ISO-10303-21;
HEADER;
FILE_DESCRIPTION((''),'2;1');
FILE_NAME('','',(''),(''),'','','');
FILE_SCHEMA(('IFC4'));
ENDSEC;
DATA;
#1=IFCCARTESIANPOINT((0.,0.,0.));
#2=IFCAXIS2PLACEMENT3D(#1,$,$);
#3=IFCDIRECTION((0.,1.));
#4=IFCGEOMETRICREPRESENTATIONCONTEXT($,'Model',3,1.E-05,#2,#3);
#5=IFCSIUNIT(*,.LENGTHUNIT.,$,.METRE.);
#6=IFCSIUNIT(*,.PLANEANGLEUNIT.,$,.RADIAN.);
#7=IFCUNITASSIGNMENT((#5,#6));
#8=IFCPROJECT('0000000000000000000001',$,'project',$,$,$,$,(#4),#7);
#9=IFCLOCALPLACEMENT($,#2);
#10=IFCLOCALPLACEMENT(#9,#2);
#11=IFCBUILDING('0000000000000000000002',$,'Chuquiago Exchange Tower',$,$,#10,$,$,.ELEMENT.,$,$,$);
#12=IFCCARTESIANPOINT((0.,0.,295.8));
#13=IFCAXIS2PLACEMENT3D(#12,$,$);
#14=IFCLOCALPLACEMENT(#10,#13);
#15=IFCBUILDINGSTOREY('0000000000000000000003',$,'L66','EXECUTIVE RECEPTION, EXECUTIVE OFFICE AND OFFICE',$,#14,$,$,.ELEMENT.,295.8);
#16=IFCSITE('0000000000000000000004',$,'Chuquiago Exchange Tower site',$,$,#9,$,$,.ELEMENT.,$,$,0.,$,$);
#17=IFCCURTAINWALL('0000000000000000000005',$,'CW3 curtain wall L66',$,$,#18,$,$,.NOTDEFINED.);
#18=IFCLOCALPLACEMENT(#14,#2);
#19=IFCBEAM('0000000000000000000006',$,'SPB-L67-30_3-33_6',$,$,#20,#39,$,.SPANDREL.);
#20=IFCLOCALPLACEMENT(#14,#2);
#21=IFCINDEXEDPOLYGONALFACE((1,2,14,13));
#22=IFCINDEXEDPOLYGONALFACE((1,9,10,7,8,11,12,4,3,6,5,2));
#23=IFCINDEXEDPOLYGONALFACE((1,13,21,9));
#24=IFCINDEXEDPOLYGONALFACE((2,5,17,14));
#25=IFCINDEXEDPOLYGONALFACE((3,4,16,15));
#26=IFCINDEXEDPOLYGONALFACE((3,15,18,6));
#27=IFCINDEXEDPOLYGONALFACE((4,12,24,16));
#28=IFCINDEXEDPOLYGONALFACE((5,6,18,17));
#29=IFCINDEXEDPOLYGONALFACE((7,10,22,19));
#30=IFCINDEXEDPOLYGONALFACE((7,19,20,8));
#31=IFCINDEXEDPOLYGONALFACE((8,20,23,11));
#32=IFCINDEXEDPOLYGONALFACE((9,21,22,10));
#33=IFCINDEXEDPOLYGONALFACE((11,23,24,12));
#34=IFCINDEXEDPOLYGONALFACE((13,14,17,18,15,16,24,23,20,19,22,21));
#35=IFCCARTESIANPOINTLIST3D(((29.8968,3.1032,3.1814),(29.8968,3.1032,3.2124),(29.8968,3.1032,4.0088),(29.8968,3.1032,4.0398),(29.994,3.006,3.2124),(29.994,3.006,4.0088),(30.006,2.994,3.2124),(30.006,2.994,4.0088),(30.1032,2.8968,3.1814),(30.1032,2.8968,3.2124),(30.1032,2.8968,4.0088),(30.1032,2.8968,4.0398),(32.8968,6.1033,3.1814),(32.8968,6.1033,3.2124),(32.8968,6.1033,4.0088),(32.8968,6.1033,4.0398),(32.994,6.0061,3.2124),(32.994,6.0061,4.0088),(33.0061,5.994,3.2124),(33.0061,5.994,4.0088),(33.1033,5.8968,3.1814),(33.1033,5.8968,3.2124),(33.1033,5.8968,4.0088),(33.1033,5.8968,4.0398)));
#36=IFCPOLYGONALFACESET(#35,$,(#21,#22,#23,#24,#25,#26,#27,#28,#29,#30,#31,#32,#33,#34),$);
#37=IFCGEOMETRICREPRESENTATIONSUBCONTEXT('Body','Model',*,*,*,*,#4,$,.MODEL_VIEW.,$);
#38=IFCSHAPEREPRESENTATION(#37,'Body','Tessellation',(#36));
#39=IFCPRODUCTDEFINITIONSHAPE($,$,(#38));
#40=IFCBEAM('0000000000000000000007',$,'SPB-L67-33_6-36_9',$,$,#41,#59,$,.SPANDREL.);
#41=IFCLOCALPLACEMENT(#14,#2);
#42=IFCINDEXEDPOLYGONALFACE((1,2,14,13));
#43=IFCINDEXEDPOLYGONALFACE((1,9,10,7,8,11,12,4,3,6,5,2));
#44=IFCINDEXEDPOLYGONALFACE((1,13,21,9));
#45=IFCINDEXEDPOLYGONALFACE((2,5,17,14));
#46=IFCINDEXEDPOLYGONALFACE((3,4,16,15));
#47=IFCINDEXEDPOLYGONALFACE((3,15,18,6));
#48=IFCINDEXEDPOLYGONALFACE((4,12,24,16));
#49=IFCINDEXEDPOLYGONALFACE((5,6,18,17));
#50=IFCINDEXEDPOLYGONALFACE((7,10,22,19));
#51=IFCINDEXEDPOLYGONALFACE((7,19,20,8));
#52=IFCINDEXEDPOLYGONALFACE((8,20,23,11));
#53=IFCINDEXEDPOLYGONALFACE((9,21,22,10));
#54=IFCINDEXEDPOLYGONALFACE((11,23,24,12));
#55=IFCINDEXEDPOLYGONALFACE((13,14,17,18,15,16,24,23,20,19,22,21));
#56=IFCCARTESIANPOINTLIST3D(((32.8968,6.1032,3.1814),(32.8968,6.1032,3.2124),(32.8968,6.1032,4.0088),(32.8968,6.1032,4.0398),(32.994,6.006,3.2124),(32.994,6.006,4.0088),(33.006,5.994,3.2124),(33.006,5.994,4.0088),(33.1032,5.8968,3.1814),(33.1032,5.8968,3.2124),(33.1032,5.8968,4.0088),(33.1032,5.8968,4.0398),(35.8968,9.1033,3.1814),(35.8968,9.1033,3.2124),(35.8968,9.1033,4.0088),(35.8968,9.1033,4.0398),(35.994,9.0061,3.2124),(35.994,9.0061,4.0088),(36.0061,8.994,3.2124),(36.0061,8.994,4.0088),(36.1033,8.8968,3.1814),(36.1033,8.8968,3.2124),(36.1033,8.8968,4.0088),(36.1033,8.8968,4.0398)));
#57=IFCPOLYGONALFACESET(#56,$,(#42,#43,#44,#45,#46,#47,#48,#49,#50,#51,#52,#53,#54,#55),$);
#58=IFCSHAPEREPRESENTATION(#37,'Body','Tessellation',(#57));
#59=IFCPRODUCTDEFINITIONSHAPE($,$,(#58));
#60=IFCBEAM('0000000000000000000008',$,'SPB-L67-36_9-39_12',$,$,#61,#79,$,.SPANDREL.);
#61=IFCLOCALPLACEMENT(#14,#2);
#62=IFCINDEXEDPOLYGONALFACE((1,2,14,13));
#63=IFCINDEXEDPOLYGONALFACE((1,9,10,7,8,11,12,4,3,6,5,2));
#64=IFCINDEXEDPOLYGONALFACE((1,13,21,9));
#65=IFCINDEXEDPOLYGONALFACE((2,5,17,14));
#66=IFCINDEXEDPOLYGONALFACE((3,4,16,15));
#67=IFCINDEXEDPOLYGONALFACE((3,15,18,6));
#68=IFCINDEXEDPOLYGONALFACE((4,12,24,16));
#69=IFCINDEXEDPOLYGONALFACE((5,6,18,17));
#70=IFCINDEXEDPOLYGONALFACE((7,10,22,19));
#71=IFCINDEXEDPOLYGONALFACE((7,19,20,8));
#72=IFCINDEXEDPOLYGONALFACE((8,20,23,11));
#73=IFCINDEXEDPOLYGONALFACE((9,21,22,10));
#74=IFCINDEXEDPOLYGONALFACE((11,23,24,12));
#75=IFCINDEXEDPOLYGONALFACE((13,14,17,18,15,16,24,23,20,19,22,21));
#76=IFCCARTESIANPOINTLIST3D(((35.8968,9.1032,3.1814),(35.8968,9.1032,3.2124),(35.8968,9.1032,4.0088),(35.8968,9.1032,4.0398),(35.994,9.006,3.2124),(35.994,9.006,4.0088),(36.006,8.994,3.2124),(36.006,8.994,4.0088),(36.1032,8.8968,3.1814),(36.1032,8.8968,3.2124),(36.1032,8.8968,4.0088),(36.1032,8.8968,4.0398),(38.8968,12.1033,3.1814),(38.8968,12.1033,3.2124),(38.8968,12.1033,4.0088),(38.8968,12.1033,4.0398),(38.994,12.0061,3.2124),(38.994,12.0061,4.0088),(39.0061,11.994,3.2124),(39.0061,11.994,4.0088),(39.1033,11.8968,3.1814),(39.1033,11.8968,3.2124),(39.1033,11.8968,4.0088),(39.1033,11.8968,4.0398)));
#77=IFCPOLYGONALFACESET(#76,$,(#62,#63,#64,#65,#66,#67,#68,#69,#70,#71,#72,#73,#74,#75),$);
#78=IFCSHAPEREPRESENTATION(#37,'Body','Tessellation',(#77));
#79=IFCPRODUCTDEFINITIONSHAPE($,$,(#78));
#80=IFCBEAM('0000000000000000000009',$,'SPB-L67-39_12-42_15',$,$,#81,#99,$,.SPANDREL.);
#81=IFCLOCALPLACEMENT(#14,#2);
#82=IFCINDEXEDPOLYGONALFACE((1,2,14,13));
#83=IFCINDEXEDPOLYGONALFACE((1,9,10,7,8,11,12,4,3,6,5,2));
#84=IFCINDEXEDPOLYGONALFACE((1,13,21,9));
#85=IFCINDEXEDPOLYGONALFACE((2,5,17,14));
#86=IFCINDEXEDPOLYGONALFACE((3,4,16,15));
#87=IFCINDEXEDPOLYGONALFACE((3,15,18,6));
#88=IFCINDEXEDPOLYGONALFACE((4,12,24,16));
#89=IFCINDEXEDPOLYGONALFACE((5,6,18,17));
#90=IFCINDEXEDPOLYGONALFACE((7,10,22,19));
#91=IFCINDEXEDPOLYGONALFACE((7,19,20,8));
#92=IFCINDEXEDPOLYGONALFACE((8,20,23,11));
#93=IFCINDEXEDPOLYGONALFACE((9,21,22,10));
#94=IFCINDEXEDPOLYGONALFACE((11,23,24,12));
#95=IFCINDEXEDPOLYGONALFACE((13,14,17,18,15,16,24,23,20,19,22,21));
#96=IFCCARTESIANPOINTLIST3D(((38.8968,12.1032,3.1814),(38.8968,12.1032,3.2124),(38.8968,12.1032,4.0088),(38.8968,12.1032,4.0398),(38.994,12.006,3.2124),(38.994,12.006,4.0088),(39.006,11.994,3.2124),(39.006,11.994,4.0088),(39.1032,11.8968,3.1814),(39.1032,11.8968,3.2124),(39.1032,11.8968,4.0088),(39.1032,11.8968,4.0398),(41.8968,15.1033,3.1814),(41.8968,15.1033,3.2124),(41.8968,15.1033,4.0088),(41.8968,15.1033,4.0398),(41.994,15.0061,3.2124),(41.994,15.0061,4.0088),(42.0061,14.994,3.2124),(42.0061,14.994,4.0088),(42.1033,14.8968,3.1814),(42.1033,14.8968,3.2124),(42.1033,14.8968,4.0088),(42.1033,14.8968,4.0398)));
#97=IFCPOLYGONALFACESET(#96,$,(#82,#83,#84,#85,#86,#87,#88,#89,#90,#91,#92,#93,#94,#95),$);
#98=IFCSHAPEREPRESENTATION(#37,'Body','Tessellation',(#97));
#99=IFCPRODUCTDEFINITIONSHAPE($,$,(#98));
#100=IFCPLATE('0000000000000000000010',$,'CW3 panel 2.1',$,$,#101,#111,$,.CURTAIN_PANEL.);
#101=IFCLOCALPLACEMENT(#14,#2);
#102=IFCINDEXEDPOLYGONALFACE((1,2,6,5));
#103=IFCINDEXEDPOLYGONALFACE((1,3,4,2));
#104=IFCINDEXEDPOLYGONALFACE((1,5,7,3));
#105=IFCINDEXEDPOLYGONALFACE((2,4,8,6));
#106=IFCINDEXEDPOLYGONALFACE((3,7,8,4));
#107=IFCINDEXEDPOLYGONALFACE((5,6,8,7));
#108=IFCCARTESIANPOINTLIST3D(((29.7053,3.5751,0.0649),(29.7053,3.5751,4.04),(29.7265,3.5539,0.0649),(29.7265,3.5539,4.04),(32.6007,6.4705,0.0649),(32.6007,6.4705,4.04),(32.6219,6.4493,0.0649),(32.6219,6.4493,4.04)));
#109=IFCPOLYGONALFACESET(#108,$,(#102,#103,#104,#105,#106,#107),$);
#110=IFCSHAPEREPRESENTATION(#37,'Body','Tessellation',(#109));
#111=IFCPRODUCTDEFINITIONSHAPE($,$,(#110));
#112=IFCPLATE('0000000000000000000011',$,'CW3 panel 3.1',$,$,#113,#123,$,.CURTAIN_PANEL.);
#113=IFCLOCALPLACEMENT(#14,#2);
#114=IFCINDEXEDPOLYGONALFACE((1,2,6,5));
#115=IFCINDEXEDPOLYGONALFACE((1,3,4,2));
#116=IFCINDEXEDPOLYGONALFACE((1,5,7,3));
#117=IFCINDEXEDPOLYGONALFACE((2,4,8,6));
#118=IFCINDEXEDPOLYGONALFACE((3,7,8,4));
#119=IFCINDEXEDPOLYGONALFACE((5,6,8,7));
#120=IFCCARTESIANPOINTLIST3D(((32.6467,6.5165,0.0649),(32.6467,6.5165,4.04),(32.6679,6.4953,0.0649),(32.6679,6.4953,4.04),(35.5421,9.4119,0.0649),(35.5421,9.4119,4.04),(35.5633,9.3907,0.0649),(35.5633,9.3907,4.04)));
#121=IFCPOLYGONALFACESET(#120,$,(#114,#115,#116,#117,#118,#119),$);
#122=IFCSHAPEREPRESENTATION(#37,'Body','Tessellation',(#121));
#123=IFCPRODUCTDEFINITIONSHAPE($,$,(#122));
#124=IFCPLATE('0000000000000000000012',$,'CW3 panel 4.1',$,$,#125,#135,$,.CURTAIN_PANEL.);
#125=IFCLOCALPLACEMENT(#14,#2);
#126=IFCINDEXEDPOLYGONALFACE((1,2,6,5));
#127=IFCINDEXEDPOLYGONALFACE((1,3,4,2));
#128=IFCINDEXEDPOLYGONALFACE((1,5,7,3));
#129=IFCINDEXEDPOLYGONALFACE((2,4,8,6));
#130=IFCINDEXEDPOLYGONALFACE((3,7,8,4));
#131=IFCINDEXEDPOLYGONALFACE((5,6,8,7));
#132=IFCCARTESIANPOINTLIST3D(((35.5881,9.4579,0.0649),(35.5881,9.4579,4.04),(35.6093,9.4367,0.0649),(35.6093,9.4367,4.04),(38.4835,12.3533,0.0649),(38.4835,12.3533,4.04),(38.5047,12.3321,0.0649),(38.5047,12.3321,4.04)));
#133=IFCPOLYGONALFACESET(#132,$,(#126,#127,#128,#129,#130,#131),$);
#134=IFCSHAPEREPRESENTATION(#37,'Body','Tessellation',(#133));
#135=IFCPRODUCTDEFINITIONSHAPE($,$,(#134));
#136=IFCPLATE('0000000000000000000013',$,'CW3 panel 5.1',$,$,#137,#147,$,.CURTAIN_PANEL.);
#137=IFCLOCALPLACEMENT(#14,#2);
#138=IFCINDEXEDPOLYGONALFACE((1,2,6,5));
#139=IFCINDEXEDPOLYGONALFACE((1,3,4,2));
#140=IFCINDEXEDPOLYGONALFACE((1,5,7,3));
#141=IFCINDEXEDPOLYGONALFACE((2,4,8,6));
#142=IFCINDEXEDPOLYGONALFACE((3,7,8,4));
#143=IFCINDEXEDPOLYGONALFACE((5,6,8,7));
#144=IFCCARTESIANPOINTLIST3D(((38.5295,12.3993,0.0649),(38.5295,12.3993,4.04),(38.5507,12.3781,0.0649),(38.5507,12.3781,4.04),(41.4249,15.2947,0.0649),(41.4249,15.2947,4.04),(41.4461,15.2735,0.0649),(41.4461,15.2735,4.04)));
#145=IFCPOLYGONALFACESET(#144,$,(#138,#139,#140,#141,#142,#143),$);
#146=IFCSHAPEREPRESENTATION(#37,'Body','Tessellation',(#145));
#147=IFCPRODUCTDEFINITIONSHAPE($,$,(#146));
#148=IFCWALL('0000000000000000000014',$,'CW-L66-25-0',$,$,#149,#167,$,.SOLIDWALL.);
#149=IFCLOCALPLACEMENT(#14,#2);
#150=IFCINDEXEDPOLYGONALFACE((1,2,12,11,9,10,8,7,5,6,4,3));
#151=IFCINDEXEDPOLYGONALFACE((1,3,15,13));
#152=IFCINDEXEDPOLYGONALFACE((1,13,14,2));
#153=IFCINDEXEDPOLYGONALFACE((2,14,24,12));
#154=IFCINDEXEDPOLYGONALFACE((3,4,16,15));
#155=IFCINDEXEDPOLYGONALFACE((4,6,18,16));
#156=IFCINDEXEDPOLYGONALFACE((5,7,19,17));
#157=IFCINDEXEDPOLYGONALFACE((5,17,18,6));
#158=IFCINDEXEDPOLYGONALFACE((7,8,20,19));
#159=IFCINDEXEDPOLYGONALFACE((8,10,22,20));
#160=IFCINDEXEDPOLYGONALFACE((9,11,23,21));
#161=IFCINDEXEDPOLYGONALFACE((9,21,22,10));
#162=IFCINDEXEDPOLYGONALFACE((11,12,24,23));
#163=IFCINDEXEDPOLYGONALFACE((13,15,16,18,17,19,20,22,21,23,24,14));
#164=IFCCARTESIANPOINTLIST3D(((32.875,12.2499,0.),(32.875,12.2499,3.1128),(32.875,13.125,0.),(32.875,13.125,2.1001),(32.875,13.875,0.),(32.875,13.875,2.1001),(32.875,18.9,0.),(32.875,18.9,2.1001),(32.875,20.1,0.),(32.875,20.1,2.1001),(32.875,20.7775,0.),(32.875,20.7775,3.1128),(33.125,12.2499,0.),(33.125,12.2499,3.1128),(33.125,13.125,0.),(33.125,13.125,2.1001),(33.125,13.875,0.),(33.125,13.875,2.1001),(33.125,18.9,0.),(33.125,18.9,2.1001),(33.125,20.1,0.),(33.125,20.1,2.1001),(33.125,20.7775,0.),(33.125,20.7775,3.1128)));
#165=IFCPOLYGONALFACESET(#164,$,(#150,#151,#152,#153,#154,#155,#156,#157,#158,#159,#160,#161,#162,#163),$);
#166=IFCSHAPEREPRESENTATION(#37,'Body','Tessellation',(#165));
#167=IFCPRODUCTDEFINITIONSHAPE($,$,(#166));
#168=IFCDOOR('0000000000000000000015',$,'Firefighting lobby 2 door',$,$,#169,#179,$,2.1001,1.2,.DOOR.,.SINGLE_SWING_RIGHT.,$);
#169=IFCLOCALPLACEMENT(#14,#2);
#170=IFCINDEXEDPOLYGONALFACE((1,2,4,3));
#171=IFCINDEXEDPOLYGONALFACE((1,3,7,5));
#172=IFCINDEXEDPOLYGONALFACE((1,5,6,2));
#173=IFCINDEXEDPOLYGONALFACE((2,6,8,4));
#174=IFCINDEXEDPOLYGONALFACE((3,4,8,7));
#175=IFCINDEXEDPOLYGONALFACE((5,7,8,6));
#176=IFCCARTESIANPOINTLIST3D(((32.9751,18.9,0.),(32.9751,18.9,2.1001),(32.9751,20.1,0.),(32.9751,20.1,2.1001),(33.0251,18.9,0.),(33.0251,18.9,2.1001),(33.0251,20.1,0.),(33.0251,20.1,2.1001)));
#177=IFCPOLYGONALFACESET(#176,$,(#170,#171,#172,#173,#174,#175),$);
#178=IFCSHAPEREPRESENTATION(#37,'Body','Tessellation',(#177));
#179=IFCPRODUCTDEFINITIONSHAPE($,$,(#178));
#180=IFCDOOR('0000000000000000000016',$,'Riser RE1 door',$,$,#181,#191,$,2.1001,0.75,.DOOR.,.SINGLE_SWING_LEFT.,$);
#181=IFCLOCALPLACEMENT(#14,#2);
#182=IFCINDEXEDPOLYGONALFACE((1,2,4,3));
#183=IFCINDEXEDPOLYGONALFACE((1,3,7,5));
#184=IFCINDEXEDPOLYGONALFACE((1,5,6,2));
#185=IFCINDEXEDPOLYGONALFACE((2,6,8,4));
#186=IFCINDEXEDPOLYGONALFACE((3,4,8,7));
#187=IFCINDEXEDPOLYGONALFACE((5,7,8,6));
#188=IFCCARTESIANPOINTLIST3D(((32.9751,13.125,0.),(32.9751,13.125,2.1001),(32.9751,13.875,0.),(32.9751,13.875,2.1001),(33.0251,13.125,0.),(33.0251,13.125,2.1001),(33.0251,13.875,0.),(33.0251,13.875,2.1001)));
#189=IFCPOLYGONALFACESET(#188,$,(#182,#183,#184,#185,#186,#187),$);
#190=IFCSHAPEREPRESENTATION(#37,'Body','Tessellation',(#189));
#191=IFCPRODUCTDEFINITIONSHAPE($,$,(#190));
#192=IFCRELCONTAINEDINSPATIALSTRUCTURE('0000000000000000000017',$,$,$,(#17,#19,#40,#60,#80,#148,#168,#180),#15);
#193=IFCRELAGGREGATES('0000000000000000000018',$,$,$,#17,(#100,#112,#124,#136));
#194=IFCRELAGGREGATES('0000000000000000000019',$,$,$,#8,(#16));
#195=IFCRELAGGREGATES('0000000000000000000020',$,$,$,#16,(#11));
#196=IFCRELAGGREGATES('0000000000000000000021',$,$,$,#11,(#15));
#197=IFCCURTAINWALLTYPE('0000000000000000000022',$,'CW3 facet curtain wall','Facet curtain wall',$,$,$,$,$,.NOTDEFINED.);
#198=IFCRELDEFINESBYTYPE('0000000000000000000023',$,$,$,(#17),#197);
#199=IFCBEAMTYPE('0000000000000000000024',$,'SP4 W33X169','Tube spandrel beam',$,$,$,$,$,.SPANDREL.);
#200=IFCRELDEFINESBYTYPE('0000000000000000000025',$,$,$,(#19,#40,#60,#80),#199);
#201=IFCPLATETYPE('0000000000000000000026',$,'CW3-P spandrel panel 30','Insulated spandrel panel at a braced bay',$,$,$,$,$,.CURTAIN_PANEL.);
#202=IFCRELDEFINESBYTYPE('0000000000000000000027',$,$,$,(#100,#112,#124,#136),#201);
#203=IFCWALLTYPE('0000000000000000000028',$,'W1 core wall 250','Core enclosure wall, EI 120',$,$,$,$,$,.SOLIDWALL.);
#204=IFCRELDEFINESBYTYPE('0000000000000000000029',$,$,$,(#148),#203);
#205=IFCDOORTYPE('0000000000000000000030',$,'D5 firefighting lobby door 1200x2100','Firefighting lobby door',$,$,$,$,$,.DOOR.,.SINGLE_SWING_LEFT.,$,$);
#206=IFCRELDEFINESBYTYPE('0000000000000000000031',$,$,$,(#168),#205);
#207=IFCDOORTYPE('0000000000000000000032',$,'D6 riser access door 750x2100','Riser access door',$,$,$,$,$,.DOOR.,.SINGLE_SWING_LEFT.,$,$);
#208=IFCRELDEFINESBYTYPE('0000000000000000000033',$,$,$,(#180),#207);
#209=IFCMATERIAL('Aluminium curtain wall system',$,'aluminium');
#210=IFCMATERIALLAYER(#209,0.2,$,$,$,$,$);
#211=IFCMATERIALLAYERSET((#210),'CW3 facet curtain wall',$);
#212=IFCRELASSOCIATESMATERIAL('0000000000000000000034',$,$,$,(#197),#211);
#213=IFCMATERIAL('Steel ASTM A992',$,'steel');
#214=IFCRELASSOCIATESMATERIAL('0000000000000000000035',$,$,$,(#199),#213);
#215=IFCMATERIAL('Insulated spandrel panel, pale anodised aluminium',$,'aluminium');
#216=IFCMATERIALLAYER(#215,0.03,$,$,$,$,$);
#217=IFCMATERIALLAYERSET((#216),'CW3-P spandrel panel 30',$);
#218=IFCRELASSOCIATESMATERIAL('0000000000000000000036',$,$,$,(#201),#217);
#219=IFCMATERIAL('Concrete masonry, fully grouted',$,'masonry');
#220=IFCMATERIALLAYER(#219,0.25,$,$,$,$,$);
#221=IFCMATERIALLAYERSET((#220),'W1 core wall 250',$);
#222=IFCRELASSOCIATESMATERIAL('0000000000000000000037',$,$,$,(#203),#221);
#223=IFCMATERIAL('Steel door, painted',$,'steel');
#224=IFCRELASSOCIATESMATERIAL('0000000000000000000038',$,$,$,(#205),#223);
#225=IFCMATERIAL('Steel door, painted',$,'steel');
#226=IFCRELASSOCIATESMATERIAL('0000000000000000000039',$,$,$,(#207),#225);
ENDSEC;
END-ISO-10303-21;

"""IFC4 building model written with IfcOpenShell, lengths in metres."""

from ifc_helpers import new_model, si_unit, direction, frame, frame_2d, origin, origin_2d, place, context, subcontext, project, spatial, rectangle, i_section, extrude, material, layer, layer_set, material_profile, profile_set, type_object, element, fill, aggregate, save


model = new_model("IFC4")

# Units and contexts
model_context = context("Model", 3, precision=1e-05, world=origin(), true_north=direction((0.0, 1.0)))
body_context = subcontext(model_context, "Body", "Model", "MODEL_VIEW")
ifc_project = project(units=[si_unit("LENGTHUNIT", "METRE"), si_unit("PLANEANGLEUNIT", "RADIAN")], contexts=[model_context])

# Site, building, storey
site_placement = place(None, origin())
site = spatial("IfcSite", under=ifc_project, at=site_placement, Name="Chuquiago Exchange Tower site", CompositionType="ELEMENT", RefElevation=0.0)
building_placement = place(site_placement, origin())
building = spatial("IfcBuilding", under=site, at=building_placement, Name="Chuquiago Exchange Tower", CompositionType="ELEMENT")
storey_placement = place(building_placement, frame((0.0, 0.0, 295.8)))
storey = spatial("IfcBuildingStorey", under=building, at=storey_placement, Name="L66", Description="EXECUTIVE RECEPTION, EXECUTIVE OFFICE AND OFFICE", CompositionType="ELEMENT", Elevation=295.8)

# Curtain wall
ifc_material_1 = material(Name="Aluminium curtain wall system", Category="aluminium")
ifc_layer_1 = layer(ifc_material_1, 0.2)
ifc_layer_set_1 = layer_set([ifc_layer_1], Name="CW3 facet curtain wall")
curtain_wall_type = type_object("IfcCurtainWallType", Name="CW3 facet curtain wall", Description="Facet curtain wall", PredefinedType="NOTDEFINED", material=ifc_layer_set_1)
curtain_wall_placement = place(storey_placement, origin())
curtain_wall = element("IfcCurtainWall", 1, at=curtain_wall_placement, inside=storey, type_object=curtain_wall_type, Name="CW3 curtain wall L66", PredefinedType="NOTDEFINED")

# Beams
ifc_material_2 = material(Name="Steel ASTM A992", Category="steel")
ifc_material_profile_1 = material_profile(ifc_material_2, i_section(OverallWidth=0.292, OverallDepth=0.8584, WebThickness=0.0171, FlangeThickness=0.031, at=origin_2d()), Name="W33X169")
ifc_profile_set_1 = profile_set([ifc_material_profile_1], Name="Steel ASTM A992")
beam_type_1 = type_object("IfcBeamType", Name="SP4 W33X169", Description="Tube spandrel beam", PredefinedType="SPANDREL", material=ifc_profile_set_1)
for number, where, z_axis, x_axis, name in (
    (2, (30.0, 3.0, 3.6106), (0.707107, 0.707107, 0.0), (-0.707107, 0.707107, 0.0), "SPB-L67-30_3-33_6"),
    (3, (33.0, 6.0, 3.6106), (0.707107, 0.707107, 0.0), (-0.707107, 0.707107, 0.0), "SPB-L67-33_6-36_9"),
    (4, (36.0, 9.0, 3.6106), (0.707107, 0.707107, 0.0), (-0.707107, 0.707107, 0.0), "SPB-L67-36_9-39_12"),
    (5, (39.0, 12.0, 3.6106), (0.707107, 0.707107, 0.0), (-0.707107, 0.707107, 0.0), "SPB-L67-39_12-42_15"),
):
    element("IfcBeam", number, at=place(storey_placement, frame(where, z_axis=z_axis, x_axis=x_axis)), inside=storey, type_object=beam_type_1, Name=name, PredefinedType="SPANDREL", context=body_context, shape_type="SweptSolid", body=[
        extrude(i_section(OverallWidth=0.292, OverallDepth=0.8584, WebThickness=0.0171, FlangeThickness=0.031, at=origin_2d()), origin(), (0.0, 0.0, 1.0), 4.2427),
    ])

# Plates
ifc_material_3 = material(Name="Insulated spandrel panel, pale anodised aluminium", Category="aluminium")
ifc_layer_2 = layer(ifc_material_3, 0.03)
ifc_layer_set_2 = layer_set([ifc_layer_2], Name="CW3-P spandrel panel 30")
plate_type = type_object("IfcPlateType", Name="CW3-P spandrel panel 30", Description="Insulated spandrel panel at a braced bay", PredefinedType="CURTAIN_PANEL", material=ifc_layer_set_2)
plate_1_placement = place(storey_placement, frame((31.1636, 5.0122, 0.0649), z_axis=(0.0, 0.0, 1.0), x_axis=(0.707107, 0.707107, 0.0)))
plate_1 = element("IfcPlate", 6, at=plate_1_placement, type_object=plate_type, Name="CW3 panel 2.1", PredefinedType="CURTAIN_PANEL", context=body_context, shape_type="SweptSolid", body=[
    extrude(rectangle(XDim=4.0947, YDim=0.03, at=origin_2d()), origin(), (0.0, 0.0, 1.0), 3.9751),
])
plate_2_placement = place(storey_placement, frame((34.105, 7.9536, 0.0649), z_axis=(0.0, 0.0, 1.0), x_axis=(0.707107, 0.707107, 0.0)))
plate_2 = element("IfcPlate", 7, at=plate_2_placement, type_object=plate_type, Name="CW3 panel 3.1", PredefinedType="CURTAIN_PANEL", context=body_context, shape_type="SweptSolid", body=[
    extrude(rectangle(XDim=4.0947, YDim=0.03, at=origin_2d()), origin(), (0.0, 0.0, 1.0), 3.9751),
])
plate_3_placement = place(storey_placement, frame((37.0464, 10.895, 0.0649), z_axis=(0.0, 0.0, 1.0), x_axis=(0.707107, 0.707107, 0.0)))
plate_3 = element("IfcPlate", 8, at=plate_3_placement, type_object=plate_type, Name="CW3 panel 4.1", PredefinedType="CURTAIN_PANEL", context=body_context, shape_type="SweptSolid", body=[
    extrude(rectangle(XDim=4.0947, YDim=0.03, at=origin_2d()), origin(), (0.0, 0.0, 1.0), 3.9751),
])
plate_4_placement = place(storey_placement, frame((39.9878, 13.8364, 0.0649), z_axis=(0.0, 0.0, 1.0), x_axis=(0.707107, 0.707107, 0.0)))
plate_4 = element("IfcPlate", 9, at=plate_4_placement, type_object=plate_type, Name="CW3 panel 5.1", PredefinedType="CURTAIN_PANEL", context=body_context, shape_type="SweptSolid", body=[
    extrude(rectangle(XDim=4.0947, YDim=0.03, at=origin_2d()), origin(), (0.0, 0.0, 1.0), 3.9751),
])
aggregate(curtain_wall, [plate_1, plate_2, plate_3, plate_4])

# Wall, openings, doors
ifc_material_4 = material(Name="Concrete masonry, fully grouted", Category="masonry")
ifc_layer_3 = layer(ifc_material_4, 0.25)
ifc_layer_set_3 = layer_set([ifc_layer_3], Name="W1 core wall 250")
wall_type_1 = type_object("IfcWallType", Name="W1 core wall 250", Description="Core enclosure wall, EI 120", PredefinedType="SOLIDWALL", material=ifc_layer_set_3)
wall_1_placement = place(storey_placement, frame((33.0, 12.25, 0.0), z_axis=(0.0, 0.0, 1.0), x_axis=(0.0, 1.0, 0.0)))
wall_1 = element("IfcWall", 10, at=wall_1_placement, inside=storey, type_object=wall_type_1, Name="CW-L66-25-0", PredefinedType="SOLIDWALL", context=body_context, shape_type="SweptSolid", body=[
    extrude(rectangle(XDim=8.5276, YDim=0.25, at=frame_2d((4.2637, 0.0))), origin(), (0.0, 0.0, 1.0), 3.1128),
])
opening_1_placement = place(wall_1_placement, frame((6.6499, 0.0, 0.0)))
opening_1 = element("IfcOpeningElement", 11, at=opening_1_placement, cuts=wall_1, PredefinedType="OPENING", context=body_context, shape_type="SweptSolid", body=[
    extrude(rectangle(XDim=1.2, YDim=2.1001, at=frame_2d((0.6001, 1.05))), frame((0.0, 0.135, 0.0), z_axis=(0.0, -1.0, 0.0), x_axis=(1.0, 0.0, 0.0)), (0.0, 0.0, 1.0), 0.27),
])
opening_2_placement = place(wall_1_placement, frame((0.875, 0.0, 0.0)))
opening_2 = element("IfcOpeningElement", 12, at=opening_2_placement, cuts=wall_1, PredefinedType="OPENING", context=body_context, shape_type="SweptSolid", body=[
    extrude(rectangle(XDim=0.75, YDim=2.1001, at=frame_2d((0.375, 1.05))), frame((0.0, 0.135, 0.0), z_axis=(0.0, -1.0, 0.0), x_axis=(1.0, 0.0, 0.0)), (0.0, 0.0, 1.0), 0.27),
])
ifc_material_5 = material(Name="Steel door, painted", Category="steel")
door_type_1 = type_object("IfcDoorType", Name="D5 firefighting lobby door 1200x2100", Description="Firefighting lobby door", OperationType="SINGLE_SWING_LEFT", PredefinedType="DOOR", material=ifc_material_5)
door_1_placement = place(opening_1_placement, origin())
door_1 = element("IfcDoor", 13, at=door_1_placement, inside=storey, type_object=door_type_1, Name="Firefighting lobby 2 door", OperationType="SINGLE_SWING_RIGHT", OverallHeight=2.1001, OverallWidth=1.2, PredefinedType="DOOR", context=body_context, shape_type="SweptSolid", body=[
    extrude(rectangle(XDim=1.2, YDim=2.1001, at=frame_2d((0.6001, 1.05))), frame((0.0, 0.0249, 0.0), z_axis=(0.0, -1.0, 0.0), x_axis=(1.0, 0.0, 0.0)), (0.0, 0.0, 1.0), 0.05),
])
fill(opening_1, door_1)
ifc_material_6 = material(Name="Steel door, painted", Category="steel")
door_type_2 = type_object("IfcDoorType", Name="D6 riser access door 750x2100", Description="Riser access door", OperationType="SINGLE_SWING_LEFT", PredefinedType="DOOR", material=ifc_material_6)
door_2_placement = place(opening_2_placement, origin())
door_2 = element("IfcDoor", 14, at=door_2_placement, inside=storey, type_object=door_type_2, Name="Riser RE1 door", OperationType="SINGLE_SWING_LEFT", OverallHeight=2.1001, OverallWidth=0.75, PredefinedType="DOOR", context=body_context, shape_type="SweptSolid", body=[
    extrude(rectangle(XDim=0.75, YDim=2.1001, at=frame_2d((0.375, 1.05))), frame((0.0, 0.0249, 0.0), z_axis=(0.0, -1.0, 0.0), x_axis=(1.0, 0.0, 0.0)), (0.0, 0.0, 1.0), 0.05),
])
fill(opening_2, door_2)

save(model, "model.ifc")
